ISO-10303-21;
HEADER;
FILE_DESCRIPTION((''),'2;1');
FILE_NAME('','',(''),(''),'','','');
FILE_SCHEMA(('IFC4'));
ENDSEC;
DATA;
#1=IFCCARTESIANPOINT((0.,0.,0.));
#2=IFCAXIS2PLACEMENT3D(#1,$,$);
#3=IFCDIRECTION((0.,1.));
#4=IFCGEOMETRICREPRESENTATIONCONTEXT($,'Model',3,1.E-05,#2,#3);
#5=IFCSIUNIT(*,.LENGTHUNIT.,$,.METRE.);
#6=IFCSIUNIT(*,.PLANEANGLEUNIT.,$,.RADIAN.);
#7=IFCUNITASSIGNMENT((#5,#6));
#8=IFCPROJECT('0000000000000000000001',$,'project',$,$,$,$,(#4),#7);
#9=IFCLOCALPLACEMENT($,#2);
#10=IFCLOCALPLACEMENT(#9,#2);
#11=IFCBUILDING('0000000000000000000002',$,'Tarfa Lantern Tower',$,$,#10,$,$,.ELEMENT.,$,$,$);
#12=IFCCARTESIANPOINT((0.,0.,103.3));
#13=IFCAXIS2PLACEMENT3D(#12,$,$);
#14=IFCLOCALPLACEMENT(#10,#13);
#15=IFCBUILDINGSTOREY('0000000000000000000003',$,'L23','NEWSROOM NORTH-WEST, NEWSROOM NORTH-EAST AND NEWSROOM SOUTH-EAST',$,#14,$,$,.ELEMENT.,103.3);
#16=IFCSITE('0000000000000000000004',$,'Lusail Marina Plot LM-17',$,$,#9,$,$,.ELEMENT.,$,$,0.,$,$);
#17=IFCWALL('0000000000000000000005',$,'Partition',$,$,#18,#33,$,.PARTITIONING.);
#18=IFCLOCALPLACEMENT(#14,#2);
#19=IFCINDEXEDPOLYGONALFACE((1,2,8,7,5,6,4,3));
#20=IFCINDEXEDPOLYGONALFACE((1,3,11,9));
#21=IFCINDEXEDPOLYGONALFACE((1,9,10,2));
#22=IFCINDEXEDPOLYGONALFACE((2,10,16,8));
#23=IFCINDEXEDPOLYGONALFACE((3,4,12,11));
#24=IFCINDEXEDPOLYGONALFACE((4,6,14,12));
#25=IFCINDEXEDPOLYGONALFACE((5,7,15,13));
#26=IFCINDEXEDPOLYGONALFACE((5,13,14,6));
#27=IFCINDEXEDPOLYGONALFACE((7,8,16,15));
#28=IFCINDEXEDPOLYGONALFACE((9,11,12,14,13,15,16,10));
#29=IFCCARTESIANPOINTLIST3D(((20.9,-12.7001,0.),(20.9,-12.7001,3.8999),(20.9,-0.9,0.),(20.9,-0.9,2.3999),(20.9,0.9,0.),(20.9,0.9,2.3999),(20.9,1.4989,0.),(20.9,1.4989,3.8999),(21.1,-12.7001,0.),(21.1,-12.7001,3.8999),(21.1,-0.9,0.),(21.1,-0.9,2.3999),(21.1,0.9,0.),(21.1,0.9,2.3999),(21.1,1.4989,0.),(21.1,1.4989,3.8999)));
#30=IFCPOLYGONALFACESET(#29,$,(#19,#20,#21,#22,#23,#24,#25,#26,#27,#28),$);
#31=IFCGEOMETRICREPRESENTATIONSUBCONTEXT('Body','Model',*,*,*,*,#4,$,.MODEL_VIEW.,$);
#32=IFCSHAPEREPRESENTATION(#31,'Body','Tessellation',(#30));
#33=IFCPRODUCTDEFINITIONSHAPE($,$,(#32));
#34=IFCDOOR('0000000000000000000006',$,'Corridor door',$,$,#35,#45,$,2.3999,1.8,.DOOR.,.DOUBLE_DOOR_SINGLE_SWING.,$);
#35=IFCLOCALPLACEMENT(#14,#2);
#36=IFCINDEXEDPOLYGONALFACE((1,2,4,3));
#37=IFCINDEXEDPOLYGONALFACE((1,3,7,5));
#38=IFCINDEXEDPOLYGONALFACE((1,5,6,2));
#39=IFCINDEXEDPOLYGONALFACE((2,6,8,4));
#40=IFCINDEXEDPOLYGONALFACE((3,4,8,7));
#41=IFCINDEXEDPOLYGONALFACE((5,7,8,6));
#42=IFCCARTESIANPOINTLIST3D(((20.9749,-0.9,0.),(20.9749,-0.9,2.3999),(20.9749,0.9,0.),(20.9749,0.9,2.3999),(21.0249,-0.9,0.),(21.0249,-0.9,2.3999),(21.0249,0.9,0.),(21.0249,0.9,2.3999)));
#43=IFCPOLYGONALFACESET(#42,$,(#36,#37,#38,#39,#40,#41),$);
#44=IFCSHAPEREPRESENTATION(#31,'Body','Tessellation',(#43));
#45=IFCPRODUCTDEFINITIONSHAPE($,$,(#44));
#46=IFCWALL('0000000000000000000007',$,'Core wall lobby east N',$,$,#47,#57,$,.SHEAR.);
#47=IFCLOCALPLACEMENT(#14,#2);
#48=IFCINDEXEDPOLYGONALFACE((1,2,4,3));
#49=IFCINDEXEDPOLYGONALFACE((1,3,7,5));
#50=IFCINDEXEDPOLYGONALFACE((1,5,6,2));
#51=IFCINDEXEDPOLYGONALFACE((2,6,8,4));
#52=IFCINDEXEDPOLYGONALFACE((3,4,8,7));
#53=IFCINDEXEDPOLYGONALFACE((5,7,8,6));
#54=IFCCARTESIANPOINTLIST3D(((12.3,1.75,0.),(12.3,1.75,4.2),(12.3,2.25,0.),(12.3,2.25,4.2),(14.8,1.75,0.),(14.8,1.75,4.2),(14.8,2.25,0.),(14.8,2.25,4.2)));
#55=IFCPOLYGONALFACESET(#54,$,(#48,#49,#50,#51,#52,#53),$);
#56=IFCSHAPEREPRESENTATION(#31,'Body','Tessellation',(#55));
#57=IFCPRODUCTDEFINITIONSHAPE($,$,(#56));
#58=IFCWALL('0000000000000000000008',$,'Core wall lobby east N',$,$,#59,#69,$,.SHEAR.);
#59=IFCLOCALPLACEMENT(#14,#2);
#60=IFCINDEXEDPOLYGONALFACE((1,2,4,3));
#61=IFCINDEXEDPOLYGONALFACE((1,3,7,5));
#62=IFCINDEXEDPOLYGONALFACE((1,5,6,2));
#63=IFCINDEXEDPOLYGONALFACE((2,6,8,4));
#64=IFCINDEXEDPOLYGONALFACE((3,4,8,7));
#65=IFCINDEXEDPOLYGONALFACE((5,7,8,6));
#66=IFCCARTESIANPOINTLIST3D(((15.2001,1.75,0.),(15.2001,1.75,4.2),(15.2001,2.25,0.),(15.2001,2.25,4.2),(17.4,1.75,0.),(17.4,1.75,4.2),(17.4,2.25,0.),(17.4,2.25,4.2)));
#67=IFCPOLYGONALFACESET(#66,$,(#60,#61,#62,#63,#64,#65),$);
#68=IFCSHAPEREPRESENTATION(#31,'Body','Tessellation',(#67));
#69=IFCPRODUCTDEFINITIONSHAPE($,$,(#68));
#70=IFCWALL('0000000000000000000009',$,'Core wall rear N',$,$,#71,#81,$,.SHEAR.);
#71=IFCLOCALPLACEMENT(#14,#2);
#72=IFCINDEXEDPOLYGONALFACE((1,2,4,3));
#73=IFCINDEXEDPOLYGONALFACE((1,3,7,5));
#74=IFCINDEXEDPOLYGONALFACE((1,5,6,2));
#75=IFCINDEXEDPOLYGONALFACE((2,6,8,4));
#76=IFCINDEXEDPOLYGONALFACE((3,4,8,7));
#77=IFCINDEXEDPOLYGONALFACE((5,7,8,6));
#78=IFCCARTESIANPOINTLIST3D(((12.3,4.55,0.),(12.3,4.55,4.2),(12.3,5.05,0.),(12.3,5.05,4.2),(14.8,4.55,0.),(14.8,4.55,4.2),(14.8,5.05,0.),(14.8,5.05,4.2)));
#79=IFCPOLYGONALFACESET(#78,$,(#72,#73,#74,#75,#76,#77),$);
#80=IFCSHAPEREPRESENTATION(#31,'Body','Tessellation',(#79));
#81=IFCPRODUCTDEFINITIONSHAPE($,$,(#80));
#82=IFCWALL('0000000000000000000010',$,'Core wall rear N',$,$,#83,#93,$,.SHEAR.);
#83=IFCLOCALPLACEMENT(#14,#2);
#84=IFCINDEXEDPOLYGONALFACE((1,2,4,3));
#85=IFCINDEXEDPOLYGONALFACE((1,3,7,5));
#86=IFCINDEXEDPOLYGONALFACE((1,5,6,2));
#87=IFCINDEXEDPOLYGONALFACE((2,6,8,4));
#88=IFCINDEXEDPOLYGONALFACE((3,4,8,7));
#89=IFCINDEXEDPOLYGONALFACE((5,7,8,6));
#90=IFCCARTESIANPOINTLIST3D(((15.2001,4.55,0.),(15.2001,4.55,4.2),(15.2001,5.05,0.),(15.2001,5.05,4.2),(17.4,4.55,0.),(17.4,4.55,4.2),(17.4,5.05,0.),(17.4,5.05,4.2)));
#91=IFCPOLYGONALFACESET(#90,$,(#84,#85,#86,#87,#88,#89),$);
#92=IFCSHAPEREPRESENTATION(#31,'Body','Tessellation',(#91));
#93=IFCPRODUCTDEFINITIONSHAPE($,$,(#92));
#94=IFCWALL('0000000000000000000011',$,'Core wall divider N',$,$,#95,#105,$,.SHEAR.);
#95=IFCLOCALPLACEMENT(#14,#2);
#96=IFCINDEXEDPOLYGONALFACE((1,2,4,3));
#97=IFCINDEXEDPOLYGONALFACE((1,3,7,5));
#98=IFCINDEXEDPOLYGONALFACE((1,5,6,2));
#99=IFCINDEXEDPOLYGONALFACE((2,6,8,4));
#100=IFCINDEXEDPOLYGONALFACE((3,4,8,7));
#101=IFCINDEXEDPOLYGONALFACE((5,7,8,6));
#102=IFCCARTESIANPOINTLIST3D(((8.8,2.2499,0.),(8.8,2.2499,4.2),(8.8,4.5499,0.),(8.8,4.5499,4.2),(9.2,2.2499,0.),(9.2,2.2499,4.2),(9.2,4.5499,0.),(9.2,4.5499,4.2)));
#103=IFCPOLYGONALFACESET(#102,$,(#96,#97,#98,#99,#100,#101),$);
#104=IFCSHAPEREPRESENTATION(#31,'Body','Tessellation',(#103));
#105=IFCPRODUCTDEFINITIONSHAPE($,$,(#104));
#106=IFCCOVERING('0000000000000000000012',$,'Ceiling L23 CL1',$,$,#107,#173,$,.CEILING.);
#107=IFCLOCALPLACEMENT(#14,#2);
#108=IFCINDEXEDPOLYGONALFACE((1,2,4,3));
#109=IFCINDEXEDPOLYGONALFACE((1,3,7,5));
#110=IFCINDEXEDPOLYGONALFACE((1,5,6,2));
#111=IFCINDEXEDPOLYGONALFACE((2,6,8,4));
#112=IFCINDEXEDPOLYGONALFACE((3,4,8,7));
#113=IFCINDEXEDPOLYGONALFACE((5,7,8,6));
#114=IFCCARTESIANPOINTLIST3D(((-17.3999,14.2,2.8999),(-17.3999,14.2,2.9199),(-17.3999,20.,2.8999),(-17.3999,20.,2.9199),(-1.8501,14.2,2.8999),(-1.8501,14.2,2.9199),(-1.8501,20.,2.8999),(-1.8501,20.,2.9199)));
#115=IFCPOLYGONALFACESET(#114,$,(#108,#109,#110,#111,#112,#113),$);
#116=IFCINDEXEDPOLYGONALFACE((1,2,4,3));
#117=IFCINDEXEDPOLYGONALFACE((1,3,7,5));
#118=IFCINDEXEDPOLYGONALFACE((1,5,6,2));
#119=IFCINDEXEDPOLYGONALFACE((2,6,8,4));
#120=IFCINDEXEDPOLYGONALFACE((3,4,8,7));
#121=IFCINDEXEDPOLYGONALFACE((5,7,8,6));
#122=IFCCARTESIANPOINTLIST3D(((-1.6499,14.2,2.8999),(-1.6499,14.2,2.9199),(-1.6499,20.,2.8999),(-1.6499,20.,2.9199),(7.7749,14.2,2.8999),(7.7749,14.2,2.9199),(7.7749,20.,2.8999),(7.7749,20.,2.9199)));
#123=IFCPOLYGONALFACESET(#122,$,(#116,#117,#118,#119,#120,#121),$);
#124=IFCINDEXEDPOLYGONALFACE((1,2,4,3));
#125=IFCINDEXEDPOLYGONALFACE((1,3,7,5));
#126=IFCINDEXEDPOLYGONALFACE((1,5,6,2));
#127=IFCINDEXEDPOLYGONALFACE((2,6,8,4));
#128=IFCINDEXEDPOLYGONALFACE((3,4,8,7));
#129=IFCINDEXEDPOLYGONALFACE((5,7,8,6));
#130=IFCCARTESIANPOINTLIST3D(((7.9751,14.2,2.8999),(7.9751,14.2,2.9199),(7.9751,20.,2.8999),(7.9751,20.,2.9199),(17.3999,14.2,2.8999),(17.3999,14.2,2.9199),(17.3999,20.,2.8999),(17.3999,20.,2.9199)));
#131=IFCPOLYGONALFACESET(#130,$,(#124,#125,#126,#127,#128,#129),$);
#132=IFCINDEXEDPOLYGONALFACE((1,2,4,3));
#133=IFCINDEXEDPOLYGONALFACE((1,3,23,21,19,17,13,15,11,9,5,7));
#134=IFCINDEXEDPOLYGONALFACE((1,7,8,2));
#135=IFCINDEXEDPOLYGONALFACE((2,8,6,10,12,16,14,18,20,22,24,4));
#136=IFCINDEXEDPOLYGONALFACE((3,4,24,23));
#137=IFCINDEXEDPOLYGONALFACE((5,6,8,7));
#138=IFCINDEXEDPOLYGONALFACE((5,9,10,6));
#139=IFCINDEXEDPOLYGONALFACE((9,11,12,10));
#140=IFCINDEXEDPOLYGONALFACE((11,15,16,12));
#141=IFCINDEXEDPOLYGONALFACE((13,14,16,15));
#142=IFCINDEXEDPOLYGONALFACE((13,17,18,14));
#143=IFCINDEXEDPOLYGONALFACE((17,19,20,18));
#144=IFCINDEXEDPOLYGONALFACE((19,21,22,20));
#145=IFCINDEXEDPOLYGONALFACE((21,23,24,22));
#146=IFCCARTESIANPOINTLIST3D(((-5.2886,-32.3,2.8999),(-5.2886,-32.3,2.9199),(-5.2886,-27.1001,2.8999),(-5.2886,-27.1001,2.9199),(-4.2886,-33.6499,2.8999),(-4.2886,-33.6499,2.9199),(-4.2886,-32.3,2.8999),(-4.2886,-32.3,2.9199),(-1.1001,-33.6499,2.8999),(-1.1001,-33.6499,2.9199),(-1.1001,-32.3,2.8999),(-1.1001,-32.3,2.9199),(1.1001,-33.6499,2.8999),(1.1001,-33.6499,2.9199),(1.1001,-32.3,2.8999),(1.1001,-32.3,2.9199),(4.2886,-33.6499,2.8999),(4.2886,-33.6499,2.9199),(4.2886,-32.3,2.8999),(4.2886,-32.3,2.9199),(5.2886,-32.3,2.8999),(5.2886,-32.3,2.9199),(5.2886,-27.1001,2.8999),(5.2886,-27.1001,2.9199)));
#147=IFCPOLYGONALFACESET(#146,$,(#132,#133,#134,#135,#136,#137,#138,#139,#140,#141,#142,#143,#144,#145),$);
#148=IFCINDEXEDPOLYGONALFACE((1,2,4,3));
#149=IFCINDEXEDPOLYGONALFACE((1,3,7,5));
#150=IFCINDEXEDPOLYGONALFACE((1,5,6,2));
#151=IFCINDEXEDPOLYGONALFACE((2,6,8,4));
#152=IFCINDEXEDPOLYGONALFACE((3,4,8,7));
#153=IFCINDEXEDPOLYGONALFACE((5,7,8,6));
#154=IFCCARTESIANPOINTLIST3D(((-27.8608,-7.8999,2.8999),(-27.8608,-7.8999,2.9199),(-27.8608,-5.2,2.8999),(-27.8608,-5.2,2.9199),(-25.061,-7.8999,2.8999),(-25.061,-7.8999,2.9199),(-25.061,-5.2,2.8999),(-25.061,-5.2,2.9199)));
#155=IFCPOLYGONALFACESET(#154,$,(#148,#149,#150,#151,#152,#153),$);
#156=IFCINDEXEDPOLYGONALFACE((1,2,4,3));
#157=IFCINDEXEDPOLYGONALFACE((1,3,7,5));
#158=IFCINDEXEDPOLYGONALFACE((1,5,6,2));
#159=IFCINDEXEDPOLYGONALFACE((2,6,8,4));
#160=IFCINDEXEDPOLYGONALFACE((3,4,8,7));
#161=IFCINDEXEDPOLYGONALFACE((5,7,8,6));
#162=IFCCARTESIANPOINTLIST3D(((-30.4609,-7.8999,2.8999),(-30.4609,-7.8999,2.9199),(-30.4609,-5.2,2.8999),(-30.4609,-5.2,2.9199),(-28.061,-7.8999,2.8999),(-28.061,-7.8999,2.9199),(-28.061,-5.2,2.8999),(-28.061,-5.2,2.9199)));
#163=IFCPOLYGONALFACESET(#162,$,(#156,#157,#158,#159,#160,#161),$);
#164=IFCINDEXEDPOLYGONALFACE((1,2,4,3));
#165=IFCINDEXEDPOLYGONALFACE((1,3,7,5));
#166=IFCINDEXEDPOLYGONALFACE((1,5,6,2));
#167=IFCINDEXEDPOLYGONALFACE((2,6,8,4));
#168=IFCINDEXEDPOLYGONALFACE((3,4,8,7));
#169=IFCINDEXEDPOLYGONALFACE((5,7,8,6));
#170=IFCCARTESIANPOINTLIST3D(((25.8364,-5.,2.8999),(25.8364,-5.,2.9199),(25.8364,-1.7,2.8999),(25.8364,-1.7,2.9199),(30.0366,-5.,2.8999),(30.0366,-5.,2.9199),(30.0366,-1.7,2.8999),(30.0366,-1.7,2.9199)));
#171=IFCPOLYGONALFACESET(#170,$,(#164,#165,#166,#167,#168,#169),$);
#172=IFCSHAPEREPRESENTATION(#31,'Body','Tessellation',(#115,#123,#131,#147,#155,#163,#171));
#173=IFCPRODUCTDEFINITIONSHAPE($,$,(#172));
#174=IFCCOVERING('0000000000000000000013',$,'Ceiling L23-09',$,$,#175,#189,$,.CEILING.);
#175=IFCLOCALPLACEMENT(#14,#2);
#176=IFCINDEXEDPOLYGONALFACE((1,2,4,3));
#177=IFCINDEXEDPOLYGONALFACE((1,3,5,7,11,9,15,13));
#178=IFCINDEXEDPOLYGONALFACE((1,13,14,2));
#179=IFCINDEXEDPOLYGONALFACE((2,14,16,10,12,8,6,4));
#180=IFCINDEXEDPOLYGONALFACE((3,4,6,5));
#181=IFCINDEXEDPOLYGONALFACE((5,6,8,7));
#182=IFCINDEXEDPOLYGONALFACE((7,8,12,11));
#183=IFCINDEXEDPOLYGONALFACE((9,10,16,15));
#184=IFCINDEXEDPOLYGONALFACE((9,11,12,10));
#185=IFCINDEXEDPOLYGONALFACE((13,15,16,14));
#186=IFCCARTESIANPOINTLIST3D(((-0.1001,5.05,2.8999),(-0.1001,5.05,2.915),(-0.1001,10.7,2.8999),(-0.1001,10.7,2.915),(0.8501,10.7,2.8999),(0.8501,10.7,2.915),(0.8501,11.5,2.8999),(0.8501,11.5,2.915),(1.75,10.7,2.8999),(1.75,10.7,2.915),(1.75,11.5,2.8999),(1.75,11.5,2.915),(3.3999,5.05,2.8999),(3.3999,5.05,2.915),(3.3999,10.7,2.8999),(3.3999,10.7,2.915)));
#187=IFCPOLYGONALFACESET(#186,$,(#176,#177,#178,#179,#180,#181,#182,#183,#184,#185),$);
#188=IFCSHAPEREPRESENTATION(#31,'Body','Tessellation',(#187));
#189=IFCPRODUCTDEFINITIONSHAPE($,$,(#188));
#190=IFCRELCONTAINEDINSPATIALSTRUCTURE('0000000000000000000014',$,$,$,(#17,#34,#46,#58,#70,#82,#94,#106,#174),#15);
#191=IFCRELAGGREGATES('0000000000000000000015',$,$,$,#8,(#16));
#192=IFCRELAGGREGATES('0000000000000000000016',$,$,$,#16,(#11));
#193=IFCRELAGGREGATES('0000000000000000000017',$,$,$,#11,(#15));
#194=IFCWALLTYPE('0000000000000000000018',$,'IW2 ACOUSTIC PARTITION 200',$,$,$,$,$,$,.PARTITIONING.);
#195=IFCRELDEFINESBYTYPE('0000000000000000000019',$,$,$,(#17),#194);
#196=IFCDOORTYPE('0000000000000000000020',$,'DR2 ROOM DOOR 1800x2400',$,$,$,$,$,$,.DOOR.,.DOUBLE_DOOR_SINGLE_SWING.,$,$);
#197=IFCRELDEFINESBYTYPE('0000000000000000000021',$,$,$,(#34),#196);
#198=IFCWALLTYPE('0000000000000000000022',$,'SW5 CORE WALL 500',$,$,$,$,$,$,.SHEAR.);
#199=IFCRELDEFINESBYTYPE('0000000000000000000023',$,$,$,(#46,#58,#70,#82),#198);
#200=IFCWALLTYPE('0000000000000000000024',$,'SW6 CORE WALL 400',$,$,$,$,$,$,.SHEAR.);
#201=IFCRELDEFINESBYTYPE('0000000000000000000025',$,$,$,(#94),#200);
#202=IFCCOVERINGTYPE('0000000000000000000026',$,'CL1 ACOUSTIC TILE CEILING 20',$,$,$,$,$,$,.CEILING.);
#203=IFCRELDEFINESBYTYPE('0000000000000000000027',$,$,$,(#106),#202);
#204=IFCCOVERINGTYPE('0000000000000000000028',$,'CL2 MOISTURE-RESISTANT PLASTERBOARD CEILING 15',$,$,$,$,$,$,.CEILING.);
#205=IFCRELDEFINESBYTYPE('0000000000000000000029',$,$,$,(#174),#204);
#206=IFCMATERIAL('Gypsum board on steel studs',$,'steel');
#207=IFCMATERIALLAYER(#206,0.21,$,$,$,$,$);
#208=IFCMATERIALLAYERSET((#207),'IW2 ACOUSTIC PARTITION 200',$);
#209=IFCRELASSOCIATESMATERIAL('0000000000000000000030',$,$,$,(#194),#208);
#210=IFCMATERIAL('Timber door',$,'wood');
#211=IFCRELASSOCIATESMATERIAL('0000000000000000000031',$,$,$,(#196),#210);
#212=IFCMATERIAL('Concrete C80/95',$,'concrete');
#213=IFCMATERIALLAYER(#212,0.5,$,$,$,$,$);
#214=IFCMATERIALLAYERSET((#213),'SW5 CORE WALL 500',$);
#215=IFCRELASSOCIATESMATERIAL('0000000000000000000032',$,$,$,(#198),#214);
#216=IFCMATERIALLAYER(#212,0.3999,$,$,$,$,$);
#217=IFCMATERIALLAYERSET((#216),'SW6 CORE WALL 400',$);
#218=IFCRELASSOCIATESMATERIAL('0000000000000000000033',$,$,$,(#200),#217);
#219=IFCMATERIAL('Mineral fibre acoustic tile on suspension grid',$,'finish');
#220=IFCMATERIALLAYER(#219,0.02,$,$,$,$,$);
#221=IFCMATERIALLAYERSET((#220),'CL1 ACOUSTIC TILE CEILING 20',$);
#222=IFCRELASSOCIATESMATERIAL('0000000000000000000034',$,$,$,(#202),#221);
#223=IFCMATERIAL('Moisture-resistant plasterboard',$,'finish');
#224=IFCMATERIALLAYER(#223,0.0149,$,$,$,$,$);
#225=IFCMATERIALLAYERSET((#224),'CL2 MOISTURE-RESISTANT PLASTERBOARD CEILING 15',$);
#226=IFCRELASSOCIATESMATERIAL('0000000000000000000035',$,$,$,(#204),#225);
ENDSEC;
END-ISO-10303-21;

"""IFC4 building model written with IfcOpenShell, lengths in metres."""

from ifc_helpers import new_model, si_unit, direction, frame, frame_2d, origin, place, context, subcontext, project, spatial, polyline, rectangle, outline, extrude, material, layer, layer_set, type_object, element, fill, save


model = new_model("IFC4")

# Units and contexts
model_context = context("Model", 3, precision=1e-05, world=origin(), true_north=direction((0.0, 1.0)))
body_context = subcontext(model_context, "Body", "Model", "MODEL_VIEW")
ifc_project = project(units=[si_unit("LENGTHUNIT", "METRE"), si_unit("PLANEANGLEUNIT", "RADIAN")], contexts=[model_context])

# Site, building, storey
site_placement = place(None, origin())
site = spatial("IfcSite", under=ifc_project, at=site_placement, Name="Lusail Marina Plot LM-17", CompositionType="ELEMENT", RefElevation=0.0)
building_placement = place(site_placement, origin())
building = spatial("IfcBuilding", under=site, at=building_placement, Name="Tarfa Lantern Tower", CompositionType="ELEMENT")
storey_placement = place(building_placement, frame((0.0, 0.0, 103.3)))
storey = spatial("IfcBuildingStorey", under=building, at=storey_placement, Name="L23", Description="NEWSROOM NORTH-WEST, NEWSROOM NORTH-EAST AND NEWSROOM SOUTH-EAST", CompositionType="ELEMENT", Elevation=103.3)

# Shared definitions
ifc_material_1 = material(Name="Gypsum board on steel studs", Category="steel")
ifc_layer_1 = layer(ifc_material_1, 0.21)
ifc_layer_set_1 = layer_set([ifc_layer_1], Name="IW2 ACOUSTIC PARTITION 200")
wall_type_1 = type_object("IfcWallType", Name="IW2 ACOUSTIC PARTITION 200", PredefinedType="PARTITIONING", material=ifc_layer_set_1)
ifc_material_2 = material(Name="Timber door", Category="wood")

# Wall, opening, door
wall_1_placement = place(storey_placement, frame((21.0, 1.499, 0.0), z_axis=(0.0, 0.0, 1.0), x_axis=(0.0, -1.0, 0.0)))
wall_1 = element("IfcWall", 1, at=wall_1_placement, inside=storey, type_object=wall_type_1, Name="Partition", PredefinedType="PARTITIONING", context=body_context, shape_type="SweptSolid", body=[
    extrude(rectangle(XDim=14.199, YDim=0.2, at=frame_2d((7.0996, 0.0))), origin(), (0.0, 0.0, 1.0), 3.8999),
])
opening_1_placement = place(wall_1_placement, frame((0.5991, 0.0, 0.0)))
opening_1 = element("IfcOpeningElement", 2, at=opening_1_placement, cuts=wall_1, PredefinedType="OPENING", context=body_context, shape_type="SweptSolid", body=[
    extrude(rectangle(XDim=1.8, YDim=2.3999, at=frame_2d((0.8999, 1.2))), frame((0.0, 0.1099, 0.0), z_axis=(0.0, -1.0, 0.0), x_axis=(1.0, 0.0, 0.0)), (0.0, 0.0, 1.0), 0.22),
])
door_type_1 = type_object("IfcDoorType", Name="DR2 ROOM DOOR 1800x2400", OperationType="DOUBLE_DOOR_SINGLE_SWING", PredefinedType="DOOR", material=ifc_material_2)
door_1_placement = place(opening_1_placement, origin())
door_1 = element("IfcDoor", 3, at=door_1_placement, inside=storey, type_object=door_type_1, Name="Corridor door", OperationType="DOUBLE_DOOR_SINGLE_SWING", OverallHeight=2.3999, OverallWidth=1.8, PredefinedType="DOOR", context=body_context, shape_type="SweptSolid", body=[
    extrude(rectangle(XDim=1.8, YDim=2.3999, at=frame_2d((0.8999, 1.2))), frame((0.0, 0.0249, 0.0), z_axis=(0.0, -1.0, 0.0), x_axis=(1.0, 0.0, 0.0)), (0.0, 0.0, 1.0), 0.05),
])
fill(opening_1, door_1)

# Walls
ifc_material_3 = material(Name="Concrete C80/95", Category="concrete")
ifc_layer_2 = layer(ifc_material_3, 0.5)
ifc_layer_set_2 = layer_set([ifc_layer_2], Name="SW5 CORE WALL 500")
wall_type_2 = type_object("IfcWallType", Name="SW5 CORE WALL 500", PredefinedType="SHEAR", material=ifc_layer_set_2)
wall_2_placement = place(storey_placement, frame((12.3, 2.0, 0.0), z_axis=(0.0, 0.0, 1.0), x_axis=(1.0, 0.0, 0.0)))
element("IfcWall", 4, at=wall_2_placement, inside=storey, type_object=wall_type_2, Name="Core wall lobby east N", PredefinedType="SHEAR", context=body_context, shape_type="SweptSolid", body=[
    extrude(rectangle(XDim=2.5, YDim=0.5, at=frame_2d((1.25, 0.0))), origin(), (0.0, 0.0, 1.0), 4.2),
])
wall_3_placement = place(storey_placement, frame((15.2, 2.0, 0.0), z_axis=(0.0, 0.0, 1.0), x_axis=(1.0, 0.0, 0.0)))
element("IfcWall", 5, at=wall_3_placement, inside=storey, type_object=wall_type_2, Name="Core wall lobby east N", PredefinedType="SHEAR", context=body_context, shape_type="SweptSolid", body=[
    extrude(rectangle(XDim=2.2, YDim=0.5, at=frame_2d((1.1001, 0.0))), origin(), (0.0, 0.0, 1.0), 4.2),
])
wall_4_placement = place(storey_placement, frame((12.3, 4.8, 0.0), z_axis=(0.0, 0.0, 1.0), x_axis=(1.0, 0.0, 0.0)))
element("IfcWall", 6, at=wall_4_placement, inside=storey, type_object=wall_type_2, Name="Core wall rear N", PredefinedType="SHEAR", context=body_context, shape_type="SweptSolid", body=[
    extrude(rectangle(XDim=2.5, YDim=0.5, at=frame_2d((1.25, 0.0))), origin(), (0.0, 0.0, 1.0), 4.2),
])
wall_5_placement = place(storey_placement, frame((15.2, 4.8, 0.0), z_axis=(0.0, 0.0, 1.0), x_axis=(1.0, 0.0, 0.0)))
element("IfcWall", 7, at=wall_5_placement, inside=storey, type_object=wall_type_2, Name="Core wall rear N", PredefinedType="SHEAR", context=body_context, shape_type="SweptSolid", body=[
    extrude(rectangle(XDim=2.2, YDim=0.5, at=frame_2d((1.1001, 0.0))), origin(), (0.0, 0.0, 1.0), 4.2),
])
ifc_layer_3 = layer(ifc_material_3, 0.3999)
ifc_layer_set_3 = layer_set([ifc_layer_3], Name="SW6 CORE WALL 400")
wall_type_3 = type_object("IfcWallType", Name="SW6 CORE WALL 400", PredefinedType="SHEAR", material=ifc_layer_set_3)
wall_6_placement = place(storey_placement, frame((9.0, 2.25, 0.0), z_axis=(0.0, 0.0, 1.0), x_axis=(0.0, 1.0, 0.0)))
element("IfcWall", 8, at=wall_6_placement, inside=storey, type_object=wall_type_3, Name="Core wall divider N", PredefinedType="SHEAR", context=body_context, shape_type="SweptSolid", body=[
    extrude(rectangle(XDim=2.3, YDim=0.3999, at=frame_2d((1.1499, 0.0))), origin(), (0.0, 0.0, 1.0), 4.2),
])

# Coverings
ifc_material_4 = material(Name="Mineral fibre acoustic tile on suspension grid", Category="finish")
ifc_layer_4 = layer(ifc_material_4, 0.02)
ifc_layer_set_4 = layer_set([ifc_layer_4], Name="CL1 ACOUSTIC TILE CEILING 20")
covering_type_1 = type_object("IfcCoveringType", Name="CL1 ACOUSTIC TILE CEILING 20", PredefinedType="CEILING", material=ifc_layer_set_4)
covering_1_placement = place(storey_placement, frame((0.0, 0.0, 2.8999)))
element("IfcCovering", 9, at=covering_1_placement, inside=storey, type_object=covering_type_1, Name="Ceiling L23 CL1", PredefinedType="CEILING", context=body_context, shape_type="SweptSolid", body=[
    extrude(outline(polyline([(-17.3999, 20.0), (-1.8501, 20.0), (-1.8501, 14.2), (-17.3999, 14.2), (-17.3999, 20.0)])), origin(), (0.0, 0.0, 1.0), 0.02),
    extrude(outline(polyline([(-1.6499, 20.0), (7.7749, 20.0), (7.7749, 14.2), (-1.6499, 14.2), (-1.6499, 20.0)])), origin(), (0.0, 0.0, 1.0), 0.02),
    extrude(outline(polyline([(7.9751, 20.0), (17.3999, 20.0), (17.3999, 14.2), (7.9751, 14.2), (7.9751, 20.0)])), origin(), (0.0, 0.0, 1.0), 0.02),
    extrude(outline(polyline([(-5.2886, -27.1001), (5.2886, -27.1001), (5.2886, -32.3), (4.2886, -32.3), (4.2886, -33.6499), (1.1001, -33.6499), (1.1001, -32.3), (-1.1001, -32.3), (-1.1001, -33.6499), (-4.2886, -33.6499), (-4.2886, -32.3), (-5.2886, -32.3), (-5.2886, -27.1001)])), origin(), (0.0, 0.0, 1.0), 0.02),
    extrude(outline(polyline([(-27.8608, -5.2), (-25.061, -5.2), (-25.061, -7.8999), (-27.8608, -7.8999), (-27.8608, -5.2)])), origin(), (0.0, 0.0, 1.0), 0.02),
    extrude(outline(polyline([(-30.4609, -5.2), (-28.061, -5.2), (-28.061, -7.8999), (-30.4609, -7.8999), (-30.4609, -5.2)])), origin(), (0.0, 0.0, 1.0), 0.02),
    extrude(outline(polyline([(30.0366, -5.0), (25.8364, -5.0), (25.8364, -1.7), (30.0366, -1.7), (30.0366, -5.0)])), origin(), (0.0, 0.0, 1.0), 0.02),
])
ifc_material_5 = material(Name="Moisture-resistant plasterboard", Category="finish")
ifc_layer_5 = layer(ifc_material_5, 0.0149)
ifc_layer_set_5 = layer_set([ifc_layer_5], Name="CL2 MOISTURE-RESISTANT PLASTERBOARD CEILING 15")
covering_type_2 = type_object("IfcCoveringType", Name="CL2 MOISTURE-RESISTANT PLASTERBOARD CEILING 15", PredefinedType="CEILING", material=ifc_layer_set_5)
covering_2_placement = place(storey_placement, frame((0.0, 0.0, 2.8999)))
element("IfcCovering", 10, at=covering_2_placement, inside=storey, type_object=covering_type_2, Name="Ceiling L23-09", PredefinedType="CEILING", context=body_context, shape_type="SweptSolid", body=[
    extrude(outline(polyline([(0.8501, 10.7), (-0.1001, 10.7), (-0.1001, 5.05), (3.3999, 5.05), (3.3999, 10.7), (1.75, 10.7), (1.75, 11.5), (0.8501, 11.5), (0.8501, 11.5), (0.8501, 10.7)])), origin(), (0.0, 0.0, 1.0), 0.0151),
])

save(model, "model.ifc")
